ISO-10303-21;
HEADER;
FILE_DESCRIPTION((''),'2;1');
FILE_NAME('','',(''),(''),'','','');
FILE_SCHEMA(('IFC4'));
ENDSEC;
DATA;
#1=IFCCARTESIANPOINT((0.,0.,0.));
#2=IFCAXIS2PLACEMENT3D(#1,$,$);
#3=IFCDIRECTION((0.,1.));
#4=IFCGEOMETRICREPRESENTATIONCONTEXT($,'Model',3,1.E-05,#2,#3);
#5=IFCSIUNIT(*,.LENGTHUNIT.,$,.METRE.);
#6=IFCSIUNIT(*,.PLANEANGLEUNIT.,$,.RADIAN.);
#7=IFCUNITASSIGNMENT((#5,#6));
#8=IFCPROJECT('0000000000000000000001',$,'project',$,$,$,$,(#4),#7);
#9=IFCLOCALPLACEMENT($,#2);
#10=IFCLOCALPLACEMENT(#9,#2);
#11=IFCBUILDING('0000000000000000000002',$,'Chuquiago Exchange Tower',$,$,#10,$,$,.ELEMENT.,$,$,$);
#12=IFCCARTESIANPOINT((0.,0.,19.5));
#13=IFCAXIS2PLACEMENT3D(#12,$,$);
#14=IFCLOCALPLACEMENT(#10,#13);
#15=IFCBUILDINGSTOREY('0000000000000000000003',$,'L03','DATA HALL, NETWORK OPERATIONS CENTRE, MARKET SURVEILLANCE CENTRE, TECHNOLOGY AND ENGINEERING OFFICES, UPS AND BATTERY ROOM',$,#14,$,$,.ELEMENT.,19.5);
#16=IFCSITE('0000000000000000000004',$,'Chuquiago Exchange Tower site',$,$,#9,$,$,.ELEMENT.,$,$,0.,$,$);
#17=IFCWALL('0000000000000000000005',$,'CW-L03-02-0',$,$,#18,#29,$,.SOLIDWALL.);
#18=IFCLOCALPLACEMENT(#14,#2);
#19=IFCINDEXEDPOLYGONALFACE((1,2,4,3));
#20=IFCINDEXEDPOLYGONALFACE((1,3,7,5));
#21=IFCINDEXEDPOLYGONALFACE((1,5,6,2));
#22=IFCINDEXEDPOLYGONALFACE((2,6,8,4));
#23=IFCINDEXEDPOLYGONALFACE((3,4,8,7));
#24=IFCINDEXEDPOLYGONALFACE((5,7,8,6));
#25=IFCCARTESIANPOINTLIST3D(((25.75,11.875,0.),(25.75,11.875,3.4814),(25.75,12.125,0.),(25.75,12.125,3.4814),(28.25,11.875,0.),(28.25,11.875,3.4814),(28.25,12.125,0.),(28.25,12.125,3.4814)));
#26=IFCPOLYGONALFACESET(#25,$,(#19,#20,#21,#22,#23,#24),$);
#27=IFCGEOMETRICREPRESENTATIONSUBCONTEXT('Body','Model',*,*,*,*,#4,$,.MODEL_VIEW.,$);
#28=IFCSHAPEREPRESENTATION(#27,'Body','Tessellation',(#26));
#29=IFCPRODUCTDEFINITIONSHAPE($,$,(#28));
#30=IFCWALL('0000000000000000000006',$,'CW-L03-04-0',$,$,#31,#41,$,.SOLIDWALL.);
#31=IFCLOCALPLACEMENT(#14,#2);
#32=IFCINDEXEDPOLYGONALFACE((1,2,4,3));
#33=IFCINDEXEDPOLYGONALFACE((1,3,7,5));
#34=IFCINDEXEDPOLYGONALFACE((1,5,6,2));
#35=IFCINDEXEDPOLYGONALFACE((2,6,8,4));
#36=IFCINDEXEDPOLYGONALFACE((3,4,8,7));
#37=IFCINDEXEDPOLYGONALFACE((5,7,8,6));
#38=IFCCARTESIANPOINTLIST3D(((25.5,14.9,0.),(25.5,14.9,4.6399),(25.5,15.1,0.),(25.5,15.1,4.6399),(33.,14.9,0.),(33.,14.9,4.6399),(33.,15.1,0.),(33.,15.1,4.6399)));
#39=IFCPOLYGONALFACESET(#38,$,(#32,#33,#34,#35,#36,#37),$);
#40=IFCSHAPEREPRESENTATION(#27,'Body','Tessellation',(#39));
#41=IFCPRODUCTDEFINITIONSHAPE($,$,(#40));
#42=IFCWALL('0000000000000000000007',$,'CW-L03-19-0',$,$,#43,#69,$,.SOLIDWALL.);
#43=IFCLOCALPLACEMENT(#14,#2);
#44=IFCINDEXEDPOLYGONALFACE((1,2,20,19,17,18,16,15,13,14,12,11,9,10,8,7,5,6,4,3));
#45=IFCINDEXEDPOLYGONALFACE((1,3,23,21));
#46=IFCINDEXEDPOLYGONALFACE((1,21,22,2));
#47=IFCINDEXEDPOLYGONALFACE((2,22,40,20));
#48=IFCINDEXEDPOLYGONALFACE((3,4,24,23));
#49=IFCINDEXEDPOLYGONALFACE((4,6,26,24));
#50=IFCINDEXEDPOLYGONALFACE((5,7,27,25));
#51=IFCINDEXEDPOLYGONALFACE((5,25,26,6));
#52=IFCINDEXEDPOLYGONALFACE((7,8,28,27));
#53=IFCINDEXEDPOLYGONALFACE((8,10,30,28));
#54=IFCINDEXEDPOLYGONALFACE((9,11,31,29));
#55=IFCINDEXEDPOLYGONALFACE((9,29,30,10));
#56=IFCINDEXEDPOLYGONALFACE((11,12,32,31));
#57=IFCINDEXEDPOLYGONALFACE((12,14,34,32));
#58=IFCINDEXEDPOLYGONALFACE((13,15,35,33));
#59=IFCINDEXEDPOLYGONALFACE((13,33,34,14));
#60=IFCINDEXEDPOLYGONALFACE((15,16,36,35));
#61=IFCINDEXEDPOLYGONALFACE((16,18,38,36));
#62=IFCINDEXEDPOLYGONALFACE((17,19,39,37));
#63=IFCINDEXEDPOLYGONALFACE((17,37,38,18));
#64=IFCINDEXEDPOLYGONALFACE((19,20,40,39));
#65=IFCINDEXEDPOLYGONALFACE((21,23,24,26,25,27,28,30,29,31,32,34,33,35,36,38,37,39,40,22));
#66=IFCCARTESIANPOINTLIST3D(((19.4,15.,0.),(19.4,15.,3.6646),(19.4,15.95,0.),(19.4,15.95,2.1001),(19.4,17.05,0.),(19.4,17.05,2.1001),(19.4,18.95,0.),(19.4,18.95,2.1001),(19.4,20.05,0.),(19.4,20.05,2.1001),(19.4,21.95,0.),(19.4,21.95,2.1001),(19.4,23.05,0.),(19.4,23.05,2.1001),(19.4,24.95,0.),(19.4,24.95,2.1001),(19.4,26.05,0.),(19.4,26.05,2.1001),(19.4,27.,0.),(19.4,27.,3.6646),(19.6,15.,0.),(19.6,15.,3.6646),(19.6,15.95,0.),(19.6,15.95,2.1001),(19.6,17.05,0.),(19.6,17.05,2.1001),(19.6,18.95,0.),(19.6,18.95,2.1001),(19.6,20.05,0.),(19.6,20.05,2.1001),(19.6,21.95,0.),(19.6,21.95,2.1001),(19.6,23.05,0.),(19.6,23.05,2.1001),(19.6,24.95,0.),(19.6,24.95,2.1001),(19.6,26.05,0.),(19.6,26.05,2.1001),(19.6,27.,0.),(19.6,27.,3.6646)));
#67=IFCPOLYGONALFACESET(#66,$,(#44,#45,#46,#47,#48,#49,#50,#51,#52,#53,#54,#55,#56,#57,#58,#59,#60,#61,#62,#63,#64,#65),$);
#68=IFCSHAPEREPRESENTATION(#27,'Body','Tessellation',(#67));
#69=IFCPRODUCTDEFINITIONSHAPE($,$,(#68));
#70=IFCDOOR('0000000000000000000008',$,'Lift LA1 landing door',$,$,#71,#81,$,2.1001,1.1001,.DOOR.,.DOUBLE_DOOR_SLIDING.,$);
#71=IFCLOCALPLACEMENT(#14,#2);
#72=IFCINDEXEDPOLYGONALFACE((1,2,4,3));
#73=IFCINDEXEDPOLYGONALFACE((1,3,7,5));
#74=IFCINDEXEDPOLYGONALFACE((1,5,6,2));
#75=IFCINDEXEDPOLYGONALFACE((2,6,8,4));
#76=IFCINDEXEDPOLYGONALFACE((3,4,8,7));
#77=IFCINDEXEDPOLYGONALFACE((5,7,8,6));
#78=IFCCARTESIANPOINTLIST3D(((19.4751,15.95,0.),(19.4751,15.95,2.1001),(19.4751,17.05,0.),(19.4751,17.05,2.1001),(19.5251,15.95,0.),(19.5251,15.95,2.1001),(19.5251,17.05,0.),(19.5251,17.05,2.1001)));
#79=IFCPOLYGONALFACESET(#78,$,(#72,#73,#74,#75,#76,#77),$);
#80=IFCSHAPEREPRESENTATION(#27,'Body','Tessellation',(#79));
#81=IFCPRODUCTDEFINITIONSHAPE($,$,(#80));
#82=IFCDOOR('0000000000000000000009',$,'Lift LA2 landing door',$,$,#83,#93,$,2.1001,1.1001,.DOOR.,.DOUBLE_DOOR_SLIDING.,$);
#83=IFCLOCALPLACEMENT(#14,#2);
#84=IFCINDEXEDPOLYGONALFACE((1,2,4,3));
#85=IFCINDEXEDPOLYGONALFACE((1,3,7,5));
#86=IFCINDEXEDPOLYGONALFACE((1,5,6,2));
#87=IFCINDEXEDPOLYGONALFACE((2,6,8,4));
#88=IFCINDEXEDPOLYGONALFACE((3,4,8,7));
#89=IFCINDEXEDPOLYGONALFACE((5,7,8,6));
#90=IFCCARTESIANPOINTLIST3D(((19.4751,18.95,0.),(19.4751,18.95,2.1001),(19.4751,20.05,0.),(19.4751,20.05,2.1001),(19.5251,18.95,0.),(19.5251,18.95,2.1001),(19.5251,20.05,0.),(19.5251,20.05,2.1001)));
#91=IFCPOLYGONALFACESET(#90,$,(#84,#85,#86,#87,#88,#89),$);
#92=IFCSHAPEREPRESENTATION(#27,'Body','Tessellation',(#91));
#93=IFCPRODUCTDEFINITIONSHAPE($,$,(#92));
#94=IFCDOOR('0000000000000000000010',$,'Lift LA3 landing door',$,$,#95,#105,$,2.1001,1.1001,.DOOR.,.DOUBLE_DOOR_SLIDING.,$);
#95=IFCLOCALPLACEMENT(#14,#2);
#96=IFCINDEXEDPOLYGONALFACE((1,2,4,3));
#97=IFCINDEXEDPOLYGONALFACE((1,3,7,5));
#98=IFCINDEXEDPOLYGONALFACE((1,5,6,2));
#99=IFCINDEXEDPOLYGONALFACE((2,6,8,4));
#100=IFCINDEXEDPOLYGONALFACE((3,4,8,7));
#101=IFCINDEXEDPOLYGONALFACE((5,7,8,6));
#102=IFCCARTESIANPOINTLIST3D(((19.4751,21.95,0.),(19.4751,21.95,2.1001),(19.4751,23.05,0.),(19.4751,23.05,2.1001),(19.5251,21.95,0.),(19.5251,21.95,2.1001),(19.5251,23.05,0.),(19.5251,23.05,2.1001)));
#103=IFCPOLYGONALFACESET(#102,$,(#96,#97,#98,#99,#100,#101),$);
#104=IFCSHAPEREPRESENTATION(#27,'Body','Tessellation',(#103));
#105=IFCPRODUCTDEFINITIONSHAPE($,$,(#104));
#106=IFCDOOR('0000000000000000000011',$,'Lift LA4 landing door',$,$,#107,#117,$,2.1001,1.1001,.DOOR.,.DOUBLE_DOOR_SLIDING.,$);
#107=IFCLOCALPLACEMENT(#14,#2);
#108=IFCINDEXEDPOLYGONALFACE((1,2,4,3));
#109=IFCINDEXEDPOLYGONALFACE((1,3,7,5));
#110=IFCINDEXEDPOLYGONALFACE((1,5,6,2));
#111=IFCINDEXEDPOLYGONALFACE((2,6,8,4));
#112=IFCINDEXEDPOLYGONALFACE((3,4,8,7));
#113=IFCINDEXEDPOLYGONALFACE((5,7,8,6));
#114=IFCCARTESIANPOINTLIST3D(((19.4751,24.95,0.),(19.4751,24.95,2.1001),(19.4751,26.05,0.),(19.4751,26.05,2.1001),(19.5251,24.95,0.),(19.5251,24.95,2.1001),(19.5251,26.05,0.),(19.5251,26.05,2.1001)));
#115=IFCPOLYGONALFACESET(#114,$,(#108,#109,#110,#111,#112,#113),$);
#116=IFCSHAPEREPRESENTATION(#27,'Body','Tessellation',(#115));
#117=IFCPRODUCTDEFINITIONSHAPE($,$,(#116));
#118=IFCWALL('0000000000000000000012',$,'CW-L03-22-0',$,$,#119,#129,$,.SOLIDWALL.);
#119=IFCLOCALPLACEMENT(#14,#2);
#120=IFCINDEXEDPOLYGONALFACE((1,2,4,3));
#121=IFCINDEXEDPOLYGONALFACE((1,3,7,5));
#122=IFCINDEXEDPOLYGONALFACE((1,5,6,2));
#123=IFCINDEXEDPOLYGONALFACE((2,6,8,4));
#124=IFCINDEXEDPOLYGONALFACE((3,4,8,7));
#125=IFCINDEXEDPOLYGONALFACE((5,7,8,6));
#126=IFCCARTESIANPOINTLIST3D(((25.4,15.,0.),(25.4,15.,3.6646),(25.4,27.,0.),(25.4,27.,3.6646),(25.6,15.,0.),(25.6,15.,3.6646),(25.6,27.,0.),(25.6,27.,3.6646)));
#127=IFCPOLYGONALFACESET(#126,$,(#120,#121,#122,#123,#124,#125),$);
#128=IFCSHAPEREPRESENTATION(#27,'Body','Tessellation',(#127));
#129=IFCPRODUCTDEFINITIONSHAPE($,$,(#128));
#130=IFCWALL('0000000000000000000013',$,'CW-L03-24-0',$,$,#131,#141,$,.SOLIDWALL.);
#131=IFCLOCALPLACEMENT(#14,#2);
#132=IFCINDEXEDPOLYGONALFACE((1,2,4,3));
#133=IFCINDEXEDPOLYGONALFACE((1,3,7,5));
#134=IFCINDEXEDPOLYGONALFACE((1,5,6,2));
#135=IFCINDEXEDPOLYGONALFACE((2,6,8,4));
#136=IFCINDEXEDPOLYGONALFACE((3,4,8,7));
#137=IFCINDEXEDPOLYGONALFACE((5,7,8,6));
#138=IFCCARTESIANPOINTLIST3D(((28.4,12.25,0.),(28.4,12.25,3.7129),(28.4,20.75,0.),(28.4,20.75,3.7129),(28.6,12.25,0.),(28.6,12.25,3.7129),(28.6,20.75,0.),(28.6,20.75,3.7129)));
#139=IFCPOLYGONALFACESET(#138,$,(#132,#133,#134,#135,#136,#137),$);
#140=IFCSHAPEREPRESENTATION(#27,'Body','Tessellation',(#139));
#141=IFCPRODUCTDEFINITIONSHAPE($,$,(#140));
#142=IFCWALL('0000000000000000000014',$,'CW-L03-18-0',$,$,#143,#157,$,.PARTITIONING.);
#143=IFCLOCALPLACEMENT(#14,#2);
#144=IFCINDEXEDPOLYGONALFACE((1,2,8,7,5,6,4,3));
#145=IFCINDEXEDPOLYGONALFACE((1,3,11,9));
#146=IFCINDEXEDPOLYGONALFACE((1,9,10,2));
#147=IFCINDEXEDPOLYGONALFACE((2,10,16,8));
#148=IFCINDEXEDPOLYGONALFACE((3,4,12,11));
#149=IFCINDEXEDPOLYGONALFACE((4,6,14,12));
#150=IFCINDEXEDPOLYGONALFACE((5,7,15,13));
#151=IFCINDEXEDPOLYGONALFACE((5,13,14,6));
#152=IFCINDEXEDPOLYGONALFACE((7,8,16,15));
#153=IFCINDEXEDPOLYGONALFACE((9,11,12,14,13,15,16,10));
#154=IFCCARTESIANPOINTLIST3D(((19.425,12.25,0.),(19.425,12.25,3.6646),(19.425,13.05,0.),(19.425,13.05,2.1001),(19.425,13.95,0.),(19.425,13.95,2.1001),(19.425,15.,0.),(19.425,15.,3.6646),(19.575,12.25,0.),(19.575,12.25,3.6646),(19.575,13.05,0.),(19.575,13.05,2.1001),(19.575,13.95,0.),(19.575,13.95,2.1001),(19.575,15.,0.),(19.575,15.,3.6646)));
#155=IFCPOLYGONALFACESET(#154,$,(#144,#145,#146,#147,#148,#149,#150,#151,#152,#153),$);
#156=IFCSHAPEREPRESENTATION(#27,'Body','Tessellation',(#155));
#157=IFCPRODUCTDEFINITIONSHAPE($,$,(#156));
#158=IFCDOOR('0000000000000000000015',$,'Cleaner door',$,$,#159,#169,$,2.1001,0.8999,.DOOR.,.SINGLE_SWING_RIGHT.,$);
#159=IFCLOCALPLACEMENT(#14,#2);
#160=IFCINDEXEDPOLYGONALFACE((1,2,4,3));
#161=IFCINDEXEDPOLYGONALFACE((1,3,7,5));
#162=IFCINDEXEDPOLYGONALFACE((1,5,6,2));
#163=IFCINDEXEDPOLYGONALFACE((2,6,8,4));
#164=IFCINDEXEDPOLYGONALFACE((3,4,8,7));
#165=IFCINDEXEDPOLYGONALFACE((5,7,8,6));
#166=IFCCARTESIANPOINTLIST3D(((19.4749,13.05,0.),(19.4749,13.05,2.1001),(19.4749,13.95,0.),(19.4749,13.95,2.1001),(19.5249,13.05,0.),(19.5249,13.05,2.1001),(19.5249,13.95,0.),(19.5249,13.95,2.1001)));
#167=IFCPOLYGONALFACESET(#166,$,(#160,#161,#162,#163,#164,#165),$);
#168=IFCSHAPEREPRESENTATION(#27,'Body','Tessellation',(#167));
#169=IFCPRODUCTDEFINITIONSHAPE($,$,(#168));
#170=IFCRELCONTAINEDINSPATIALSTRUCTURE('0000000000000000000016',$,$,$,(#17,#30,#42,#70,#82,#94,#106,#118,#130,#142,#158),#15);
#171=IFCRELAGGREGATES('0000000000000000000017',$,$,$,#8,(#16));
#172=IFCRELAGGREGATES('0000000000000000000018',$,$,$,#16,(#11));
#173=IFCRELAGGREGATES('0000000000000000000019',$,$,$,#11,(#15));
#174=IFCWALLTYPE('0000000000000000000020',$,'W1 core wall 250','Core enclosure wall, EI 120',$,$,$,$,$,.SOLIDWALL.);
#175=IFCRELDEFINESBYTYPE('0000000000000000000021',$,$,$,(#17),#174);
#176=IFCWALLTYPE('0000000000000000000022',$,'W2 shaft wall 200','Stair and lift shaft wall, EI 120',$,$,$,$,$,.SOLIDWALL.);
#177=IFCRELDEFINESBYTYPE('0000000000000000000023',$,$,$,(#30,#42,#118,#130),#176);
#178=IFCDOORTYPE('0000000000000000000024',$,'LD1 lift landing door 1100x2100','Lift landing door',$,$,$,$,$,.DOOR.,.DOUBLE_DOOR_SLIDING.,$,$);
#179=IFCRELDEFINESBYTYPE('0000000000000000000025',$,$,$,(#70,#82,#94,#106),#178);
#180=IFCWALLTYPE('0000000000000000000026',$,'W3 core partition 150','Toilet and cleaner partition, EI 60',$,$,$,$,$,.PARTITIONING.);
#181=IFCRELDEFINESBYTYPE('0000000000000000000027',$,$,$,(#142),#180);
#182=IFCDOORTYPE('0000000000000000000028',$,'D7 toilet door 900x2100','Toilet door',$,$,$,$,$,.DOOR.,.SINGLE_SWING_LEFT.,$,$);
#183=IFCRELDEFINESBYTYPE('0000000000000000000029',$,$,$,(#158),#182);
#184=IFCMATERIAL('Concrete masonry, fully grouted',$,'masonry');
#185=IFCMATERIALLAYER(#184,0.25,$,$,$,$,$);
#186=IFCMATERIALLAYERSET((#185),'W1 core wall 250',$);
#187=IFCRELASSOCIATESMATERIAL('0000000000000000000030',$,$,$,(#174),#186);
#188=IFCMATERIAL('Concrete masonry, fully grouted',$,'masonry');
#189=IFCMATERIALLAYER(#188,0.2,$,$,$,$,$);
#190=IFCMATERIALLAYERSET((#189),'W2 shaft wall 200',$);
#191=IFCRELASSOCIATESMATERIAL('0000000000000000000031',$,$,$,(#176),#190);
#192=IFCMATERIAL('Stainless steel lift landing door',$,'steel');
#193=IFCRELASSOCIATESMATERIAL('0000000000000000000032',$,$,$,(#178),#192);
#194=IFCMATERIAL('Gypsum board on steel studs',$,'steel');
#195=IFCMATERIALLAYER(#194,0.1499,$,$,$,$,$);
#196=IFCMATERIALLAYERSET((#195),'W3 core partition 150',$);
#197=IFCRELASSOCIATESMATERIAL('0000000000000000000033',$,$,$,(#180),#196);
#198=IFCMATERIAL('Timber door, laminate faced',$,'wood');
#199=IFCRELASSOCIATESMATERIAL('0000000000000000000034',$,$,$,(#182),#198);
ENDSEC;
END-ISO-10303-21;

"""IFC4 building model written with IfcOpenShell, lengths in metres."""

from ifc_helpers import new_model, si_unit, direction, frame, frame_2d, origin, place, context, subcontext, project, spatial, rectangle, extrude, material, layer, layer_set, type_object, element, fill, save


model = new_model("IFC4")

# Units and contexts
model_context = context("Model", 3, precision=1e-05, world=origin(), true_north=direction((0.0, 1.0)))
body_context = subcontext(model_context, "Body", "Model", "MODEL_VIEW")
ifc_project = project(units=[si_unit("LENGTHUNIT", "METRE"), si_unit("PLANEANGLEUNIT", "RADIAN")], contexts=[model_context])

# Site, building, storey
site_placement = place(None, origin())
site = spatial("IfcSite", under=ifc_project, at=site_placement, Name="Chuquiago Exchange Tower site", CompositionType="ELEMENT", RefElevation=0.0)
building_placement = place(site_placement, origin())
building = spatial("IfcBuilding", under=site, at=building_placement, Name="Chuquiago Exchange Tower", CompositionType="ELEMENT")
storey_placement = place(building_placement, frame((0.0, 0.0, 19.5)))
storey = spatial("IfcBuildingStorey", under=building, at=storey_placement, Name="L03", Description="DATA HALL, NETWORK OPERATIONS CENTRE, MARKET SURVEILLANCE CENTRE, TECHNOLOGY AND ENGINEERING OFFICES, UPS AND BATTERY ROOM", CompositionType="ELEMENT", Elevation=19.5)

# Walls
ifc_material_1 = material(Name="Concrete masonry, fully grouted", Category="masonry")
ifc_layer_1 = layer(ifc_material_1, 0.25)
ifc_layer_set_1 = layer_set([ifc_layer_1], Name="W1 core wall 250")
wall_type_1 = type_object("IfcWallType", Name="W1 core wall 250", Description="Core enclosure wall, EI 120", PredefinedType="SOLIDWALL", material=ifc_layer_set_1)
wall_1_placement = place(storey_placement, frame((25.75, 12.0, 0.0), z_axis=(0.0, 0.0, 1.0), x_axis=(1.0, 0.0, 0.0)))
element("IfcWall", 1, at=wall_1_placement, inside=storey, type_object=wall_type_1, Name="CW-L03-02-0", PredefinedType="SOLIDWALL", context=body_context, shape_type="SweptSolid", body=[
    extrude(rectangle(XDim=2.5, YDim=0.25, at=frame_2d((1.25, 0.0))), origin(), (0.0, 0.0, 1.0), 3.4814),
])
ifc_material_2 = material(Name="Concrete masonry, fully grouted", Category="masonry")
ifc_layer_2 = layer(ifc_material_2, 0.2)
ifc_layer_set_2 = layer_set([ifc_layer_2], Name="W2 shaft wall 200")
wall_type_2 = type_object("IfcWallType", Name="W2 shaft wall 200", Description="Stair and lift shaft wall, EI 120", PredefinedType="SOLIDWALL", material=ifc_layer_set_2)
wall_2_placement = place(storey_placement, frame((25.5, 15.0, 0.0), z_axis=(0.0, 0.0, 1.0), x_axis=(1.0, 0.0, 0.0)))
element("IfcWall", 2, at=wall_2_placement, inside=storey, type_object=wall_type_2, Name="CW-L03-04-0", PredefinedType="SOLIDWALL", context=body_context, shape_type="SweptSolid", body=[
    extrude(rectangle(XDim=7.5, YDim=0.2, at=frame_2d((3.75, 0.0))), origin(), (0.0, 0.0, 1.0), 4.6399),
])

# Wall, openings, doors
wall_3_placement = place(storey_placement, frame((19.5, 15.0, 0.0), z_axis=(0.0, 0.0, 1.0), x_axis=(0.0, 1.0, 0.0)))
wall_3 = element("IfcWall", 3, at=wall_3_placement, inside=storey, type_object=wall_type_2, Name="CW-L03-19-0", PredefinedType="SOLIDWALL", context=body_context, shape_type="SweptSolid", body=[
    extrude(rectangle(XDim=12.0, YDim=0.2, at=frame_2d((6.0, 0.0))), origin(), (0.0, 0.0, 1.0), 3.6646),
])
opening_1_placement = place(wall_3_placement, frame((0.95, 0.0, 0.0)))
opening_1 = element("IfcOpeningElement", 4, at=opening_1_placement, cuts=wall_3, PredefinedType="OPENING", context=body_context, shape_type="SweptSolid", body=[
    extrude(rectangle(XDim=1.1001, YDim=2.1001, at=frame_2d((0.55, 1.05))), frame((0.0, 0.1099, 0.0), z_axis=(0.0, -1.0, 0.0), x_axis=(1.0, 0.0, 0.0)), (0.0, 0.0, 1.0), 0.22),
])
opening_2_placement = place(wall_3_placement, frame((3.95, 0.0, 0.0)))
opening_2 = element("IfcOpeningElement", 5, at=opening_2_placement, cuts=wall_3, PredefinedType="OPENING", context=body_context, shape_type="SweptSolid", body=[
    extrude(rectangle(XDim=1.1001, YDim=2.1001, at=frame_2d((0.55, 1.05))), frame((0.0, 0.1099, 0.0), z_axis=(0.0, -1.0, 0.0), x_axis=(1.0, 0.0, 0.0)), (0.0, 0.0, 1.0), 0.22),
])
opening_3_placement = place(wall_3_placement, frame((6.95, 0.0, 0.0)))
opening_3 = element("IfcOpeningElement", 6, at=opening_3_placement, cuts=wall_3, PredefinedType="OPENING", context=body_context, shape_type="SweptSolid", body=[
    extrude(rectangle(XDim=1.1001, YDim=2.1001, at=frame_2d((0.55, 1.05))), frame((0.0, 0.1099, 0.0), z_axis=(0.0, -1.0, 0.0), x_axis=(1.0, 0.0, 0.0)), (0.0, 0.0, 1.0), 0.22),
])
opening_4_placement = place(wall_3_placement, frame((9.95, 0.0, 0.0)))
opening_4 = element("IfcOpeningElement", 7, at=opening_4_placement, cuts=wall_3, PredefinedType="OPENING", context=body_context, shape_type="SweptSolid", body=[
    extrude(rectangle(XDim=1.1001, YDim=2.1001, at=frame_2d((0.55, 1.05))), frame((0.0, 0.1099, 0.0), z_axis=(0.0, -1.0, 0.0), x_axis=(1.0, 0.0, 0.0)), (0.0, 0.0, 1.0), 0.22),
])
ifc_material_3 = material(Name="Stainless steel lift landing door", Category="steel")
door_type_1 = type_object("IfcDoorType", Name="LD1 lift landing door 1100x2100", Description="Lift landing door", OperationType="DOUBLE_DOOR_SLIDING", PredefinedType="DOOR", material=ifc_material_3)
door_1_placement = place(opening_1_placement, origin())
door_1 = element("IfcDoor", 8, at=door_1_placement, inside=storey, type_object=door_type_1, Name="Lift LA1 landing door", OperationType="DOUBLE_DOOR_SLIDING", OverallHeight=2.1001, OverallWidth=1.1001, PredefinedType="DOOR", context=body_context, shape_type="SweptSolid", body=[
    extrude(rectangle(XDim=1.1001, YDim=2.1001, at=frame_2d((0.55, 1.05))), frame((0.0, 0.0249, 0.0), z_axis=(0.0, -1.0, 0.0), x_axis=(1.0, 0.0, 0.0)), (0.0, 0.0, 1.0), 0.05),
])
fill(opening_1, door_1)
door_2_placement = place(opening_2_placement, origin())
door_2 = element("IfcDoor", 9, at=door_2_placement, inside=storey, type_object=door_type_1, Name="Lift LA2 landing door", OperationType="DOUBLE_DOOR_SLIDING", OverallHeight=2.1001, OverallWidth=1.1001, PredefinedType="DOOR", context=body_context, shape_type="SweptSolid", body=[
    extrude(rectangle(XDim=1.1001, YDim=2.1001, at=frame_2d((0.55, 1.05))), frame((0.0, 0.0249, 0.0), z_axis=(0.0, -1.0, 0.0), x_axis=(1.0, 0.0, 0.0)), (0.0, 0.0, 1.0), 0.05),
])
fill(opening_2, door_2)
door_3_placement = place(opening_3_placement, origin())
door_3 = element("IfcDoor", 10, at=door_3_placement, inside=storey, type_object=door_type_1, Name="Lift LA3 landing door", OperationType="DOUBLE_DOOR_SLIDING", OverallHeight=2.1001, OverallWidth=1.1001, PredefinedType="DOOR", context=body_context, shape_type="SweptSolid", body=[
    extrude(rectangle(XDim=1.1001, YDim=2.1001, at=frame_2d((0.55, 1.05))), frame((0.0, 0.0249, 0.0), z_axis=(0.0, -1.0, 0.0), x_axis=(1.0, 0.0, 0.0)), (0.0, 0.0, 1.0), 0.05),
])
fill(opening_3, door_3)
door_4_placement = place(opening_4_placement, origin())
door_4 = element("IfcDoor", 11, at=door_4_placement, inside=storey, type_object=door_type_1, Name="Lift LA4 landing door", OperationType="DOUBLE_DOOR_SLIDING", OverallHeight=2.1001, OverallWidth=1.1001, PredefinedType="DOOR", context=body_context, shape_type="SweptSolid", body=[
    extrude(rectangle(XDim=1.1001, YDim=2.1001, at=frame_2d((0.55, 1.05))), frame((0.0, 0.0249, 0.0), z_axis=(0.0, -1.0, 0.0), x_axis=(1.0, 0.0, 0.0)), (0.0, 0.0, 1.0), 0.05),
])
fill(opening_4, door_4)

# Walls
wall_4_placement = place(storey_placement, frame((25.5, 15.0, 0.0), z_axis=(0.0, 0.0, 1.0), x_axis=(0.0, 1.0, 0.0)))
element("IfcWall", 12, at=wall_4_placement, inside=storey, type_object=wall_type_2, Name="CW-L03-22-0", PredefinedType="SOLIDWALL", context=body_context, shape_type="SweptSolid", body=[
    extrude(rectangle(XDim=12.0, YDim=0.2, at=frame_2d((6.0, 0.0))), origin(), (0.0, 0.0, 1.0), 3.6646),
])
wall_5_placement = place(storey_placement, frame((28.5, 12.25, 0.0), z_axis=(0.0, 0.0, 1.0), x_axis=(0.0, 1.0, 0.0)))
element("IfcWall", 13, at=wall_5_placement, inside=storey, type_object=wall_type_2, Name="CW-L03-24-0", PredefinedType="SOLIDWALL", context=body_context, shape_type="SweptSolid", body=[
    extrude(rectangle(XDim=8.5, YDim=0.2, at=frame_2d((4.25, 0.0))), origin(), (0.0, 0.0, 1.0), 3.7129),
])

# Wall, opening, door
ifc_material_4 = material(Name="Gypsum board on steel studs", Category="steel")
ifc_layer_3 = layer(ifc_material_4, 0.1499)
ifc_layer_set_3 = layer_set([ifc_layer_3], Name="W3 core partition 150")
wall_type_3 = type_object("IfcWallType", Name="W3 core partition 150", Description="Toilet and cleaner partition, EI 60", PredefinedType="PARTITIONING", material=ifc_layer_set_3)
wall_6_placement = place(storey_placement, frame((19.5, 12.25, 0.0), z_axis=(0.0, 0.0, 1.0), x_axis=(0.0, 1.0, 0.0)))
wall_6 = element("IfcWall", 14, at=wall_6_placement, inside=storey, type_object=wall_type_3, Name="CW-L03-18-0", PredefinedType="PARTITIONING", context=body_context, shape_type="SweptSolid", body=[
    extrude(rectangle(XDim=2.75, YDim=0.1499, at=frame_2d((1.375, 0.0))), origin(), (0.0, 0.0, 1.0), 3.6646),
])
opening_5_placement = place(wall_6_placement, frame((0.8, 0.0, 0.0)))
opening_5 = element("IfcOpeningElement", 15, at=opening_5_placement, cuts=wall_6, PredefinedType="OPENING", context=body_context, shape_type="SweptSolid", body=[
    extrude(rectangle(XDim=0.8999, YDim=2.1001, at=frame_2d((0.45, 1.05))), frame((0.0, 0.085, 0.0), z_axis=(0.0, -1.0, 0.0), x_axis=(1.0, 0.0, 0.0)), (0.0, 0.0, 1.0), 0.1699),
])
ifc_material_5 = material(Name="Timber door, laminate faced", Category="wood")
door_type_2 = type_object("IfcDoorType", Name="D7 toilet door 900x2100", Description="Toilet door", OperationType="SINGLE_SWING_LEFT", PredefinedType="DOOR", material=ifc_material_5)
door_5_placement = place(opening_5_placement, frame((0.8999, 0.0, 0.0), z_axis=(0.0, 0.0, 1.0), x_axis=(-1.0, 0.0, 0.0)))
door_5 = element("IfcDoor", 16, at=door_5_placement, inside=storey, type_object=door_type_2, Name="Cleaner door", OperationType="SINGLE_SWING_RIGHT", OverallHeight=2.1001, OverallWidth=0.8999, PredefinedType="DOOR", context=body_context, shape_type="SweptSolid", body=[
    extrude(rectangle(XDim=0.8999, YDim=2.1001, at=frame_2d((0.45, 1.05))), frame((0.0, 0.0249, 0.0), z_axis=(0.0, -1.0, 0.0), x_axis=(1.0, 0.0, 0.0)), (0.0, 0.0, 1.0), 0.05),
])
fill(opening_5, door_5)

save(model, "model.ifc")
